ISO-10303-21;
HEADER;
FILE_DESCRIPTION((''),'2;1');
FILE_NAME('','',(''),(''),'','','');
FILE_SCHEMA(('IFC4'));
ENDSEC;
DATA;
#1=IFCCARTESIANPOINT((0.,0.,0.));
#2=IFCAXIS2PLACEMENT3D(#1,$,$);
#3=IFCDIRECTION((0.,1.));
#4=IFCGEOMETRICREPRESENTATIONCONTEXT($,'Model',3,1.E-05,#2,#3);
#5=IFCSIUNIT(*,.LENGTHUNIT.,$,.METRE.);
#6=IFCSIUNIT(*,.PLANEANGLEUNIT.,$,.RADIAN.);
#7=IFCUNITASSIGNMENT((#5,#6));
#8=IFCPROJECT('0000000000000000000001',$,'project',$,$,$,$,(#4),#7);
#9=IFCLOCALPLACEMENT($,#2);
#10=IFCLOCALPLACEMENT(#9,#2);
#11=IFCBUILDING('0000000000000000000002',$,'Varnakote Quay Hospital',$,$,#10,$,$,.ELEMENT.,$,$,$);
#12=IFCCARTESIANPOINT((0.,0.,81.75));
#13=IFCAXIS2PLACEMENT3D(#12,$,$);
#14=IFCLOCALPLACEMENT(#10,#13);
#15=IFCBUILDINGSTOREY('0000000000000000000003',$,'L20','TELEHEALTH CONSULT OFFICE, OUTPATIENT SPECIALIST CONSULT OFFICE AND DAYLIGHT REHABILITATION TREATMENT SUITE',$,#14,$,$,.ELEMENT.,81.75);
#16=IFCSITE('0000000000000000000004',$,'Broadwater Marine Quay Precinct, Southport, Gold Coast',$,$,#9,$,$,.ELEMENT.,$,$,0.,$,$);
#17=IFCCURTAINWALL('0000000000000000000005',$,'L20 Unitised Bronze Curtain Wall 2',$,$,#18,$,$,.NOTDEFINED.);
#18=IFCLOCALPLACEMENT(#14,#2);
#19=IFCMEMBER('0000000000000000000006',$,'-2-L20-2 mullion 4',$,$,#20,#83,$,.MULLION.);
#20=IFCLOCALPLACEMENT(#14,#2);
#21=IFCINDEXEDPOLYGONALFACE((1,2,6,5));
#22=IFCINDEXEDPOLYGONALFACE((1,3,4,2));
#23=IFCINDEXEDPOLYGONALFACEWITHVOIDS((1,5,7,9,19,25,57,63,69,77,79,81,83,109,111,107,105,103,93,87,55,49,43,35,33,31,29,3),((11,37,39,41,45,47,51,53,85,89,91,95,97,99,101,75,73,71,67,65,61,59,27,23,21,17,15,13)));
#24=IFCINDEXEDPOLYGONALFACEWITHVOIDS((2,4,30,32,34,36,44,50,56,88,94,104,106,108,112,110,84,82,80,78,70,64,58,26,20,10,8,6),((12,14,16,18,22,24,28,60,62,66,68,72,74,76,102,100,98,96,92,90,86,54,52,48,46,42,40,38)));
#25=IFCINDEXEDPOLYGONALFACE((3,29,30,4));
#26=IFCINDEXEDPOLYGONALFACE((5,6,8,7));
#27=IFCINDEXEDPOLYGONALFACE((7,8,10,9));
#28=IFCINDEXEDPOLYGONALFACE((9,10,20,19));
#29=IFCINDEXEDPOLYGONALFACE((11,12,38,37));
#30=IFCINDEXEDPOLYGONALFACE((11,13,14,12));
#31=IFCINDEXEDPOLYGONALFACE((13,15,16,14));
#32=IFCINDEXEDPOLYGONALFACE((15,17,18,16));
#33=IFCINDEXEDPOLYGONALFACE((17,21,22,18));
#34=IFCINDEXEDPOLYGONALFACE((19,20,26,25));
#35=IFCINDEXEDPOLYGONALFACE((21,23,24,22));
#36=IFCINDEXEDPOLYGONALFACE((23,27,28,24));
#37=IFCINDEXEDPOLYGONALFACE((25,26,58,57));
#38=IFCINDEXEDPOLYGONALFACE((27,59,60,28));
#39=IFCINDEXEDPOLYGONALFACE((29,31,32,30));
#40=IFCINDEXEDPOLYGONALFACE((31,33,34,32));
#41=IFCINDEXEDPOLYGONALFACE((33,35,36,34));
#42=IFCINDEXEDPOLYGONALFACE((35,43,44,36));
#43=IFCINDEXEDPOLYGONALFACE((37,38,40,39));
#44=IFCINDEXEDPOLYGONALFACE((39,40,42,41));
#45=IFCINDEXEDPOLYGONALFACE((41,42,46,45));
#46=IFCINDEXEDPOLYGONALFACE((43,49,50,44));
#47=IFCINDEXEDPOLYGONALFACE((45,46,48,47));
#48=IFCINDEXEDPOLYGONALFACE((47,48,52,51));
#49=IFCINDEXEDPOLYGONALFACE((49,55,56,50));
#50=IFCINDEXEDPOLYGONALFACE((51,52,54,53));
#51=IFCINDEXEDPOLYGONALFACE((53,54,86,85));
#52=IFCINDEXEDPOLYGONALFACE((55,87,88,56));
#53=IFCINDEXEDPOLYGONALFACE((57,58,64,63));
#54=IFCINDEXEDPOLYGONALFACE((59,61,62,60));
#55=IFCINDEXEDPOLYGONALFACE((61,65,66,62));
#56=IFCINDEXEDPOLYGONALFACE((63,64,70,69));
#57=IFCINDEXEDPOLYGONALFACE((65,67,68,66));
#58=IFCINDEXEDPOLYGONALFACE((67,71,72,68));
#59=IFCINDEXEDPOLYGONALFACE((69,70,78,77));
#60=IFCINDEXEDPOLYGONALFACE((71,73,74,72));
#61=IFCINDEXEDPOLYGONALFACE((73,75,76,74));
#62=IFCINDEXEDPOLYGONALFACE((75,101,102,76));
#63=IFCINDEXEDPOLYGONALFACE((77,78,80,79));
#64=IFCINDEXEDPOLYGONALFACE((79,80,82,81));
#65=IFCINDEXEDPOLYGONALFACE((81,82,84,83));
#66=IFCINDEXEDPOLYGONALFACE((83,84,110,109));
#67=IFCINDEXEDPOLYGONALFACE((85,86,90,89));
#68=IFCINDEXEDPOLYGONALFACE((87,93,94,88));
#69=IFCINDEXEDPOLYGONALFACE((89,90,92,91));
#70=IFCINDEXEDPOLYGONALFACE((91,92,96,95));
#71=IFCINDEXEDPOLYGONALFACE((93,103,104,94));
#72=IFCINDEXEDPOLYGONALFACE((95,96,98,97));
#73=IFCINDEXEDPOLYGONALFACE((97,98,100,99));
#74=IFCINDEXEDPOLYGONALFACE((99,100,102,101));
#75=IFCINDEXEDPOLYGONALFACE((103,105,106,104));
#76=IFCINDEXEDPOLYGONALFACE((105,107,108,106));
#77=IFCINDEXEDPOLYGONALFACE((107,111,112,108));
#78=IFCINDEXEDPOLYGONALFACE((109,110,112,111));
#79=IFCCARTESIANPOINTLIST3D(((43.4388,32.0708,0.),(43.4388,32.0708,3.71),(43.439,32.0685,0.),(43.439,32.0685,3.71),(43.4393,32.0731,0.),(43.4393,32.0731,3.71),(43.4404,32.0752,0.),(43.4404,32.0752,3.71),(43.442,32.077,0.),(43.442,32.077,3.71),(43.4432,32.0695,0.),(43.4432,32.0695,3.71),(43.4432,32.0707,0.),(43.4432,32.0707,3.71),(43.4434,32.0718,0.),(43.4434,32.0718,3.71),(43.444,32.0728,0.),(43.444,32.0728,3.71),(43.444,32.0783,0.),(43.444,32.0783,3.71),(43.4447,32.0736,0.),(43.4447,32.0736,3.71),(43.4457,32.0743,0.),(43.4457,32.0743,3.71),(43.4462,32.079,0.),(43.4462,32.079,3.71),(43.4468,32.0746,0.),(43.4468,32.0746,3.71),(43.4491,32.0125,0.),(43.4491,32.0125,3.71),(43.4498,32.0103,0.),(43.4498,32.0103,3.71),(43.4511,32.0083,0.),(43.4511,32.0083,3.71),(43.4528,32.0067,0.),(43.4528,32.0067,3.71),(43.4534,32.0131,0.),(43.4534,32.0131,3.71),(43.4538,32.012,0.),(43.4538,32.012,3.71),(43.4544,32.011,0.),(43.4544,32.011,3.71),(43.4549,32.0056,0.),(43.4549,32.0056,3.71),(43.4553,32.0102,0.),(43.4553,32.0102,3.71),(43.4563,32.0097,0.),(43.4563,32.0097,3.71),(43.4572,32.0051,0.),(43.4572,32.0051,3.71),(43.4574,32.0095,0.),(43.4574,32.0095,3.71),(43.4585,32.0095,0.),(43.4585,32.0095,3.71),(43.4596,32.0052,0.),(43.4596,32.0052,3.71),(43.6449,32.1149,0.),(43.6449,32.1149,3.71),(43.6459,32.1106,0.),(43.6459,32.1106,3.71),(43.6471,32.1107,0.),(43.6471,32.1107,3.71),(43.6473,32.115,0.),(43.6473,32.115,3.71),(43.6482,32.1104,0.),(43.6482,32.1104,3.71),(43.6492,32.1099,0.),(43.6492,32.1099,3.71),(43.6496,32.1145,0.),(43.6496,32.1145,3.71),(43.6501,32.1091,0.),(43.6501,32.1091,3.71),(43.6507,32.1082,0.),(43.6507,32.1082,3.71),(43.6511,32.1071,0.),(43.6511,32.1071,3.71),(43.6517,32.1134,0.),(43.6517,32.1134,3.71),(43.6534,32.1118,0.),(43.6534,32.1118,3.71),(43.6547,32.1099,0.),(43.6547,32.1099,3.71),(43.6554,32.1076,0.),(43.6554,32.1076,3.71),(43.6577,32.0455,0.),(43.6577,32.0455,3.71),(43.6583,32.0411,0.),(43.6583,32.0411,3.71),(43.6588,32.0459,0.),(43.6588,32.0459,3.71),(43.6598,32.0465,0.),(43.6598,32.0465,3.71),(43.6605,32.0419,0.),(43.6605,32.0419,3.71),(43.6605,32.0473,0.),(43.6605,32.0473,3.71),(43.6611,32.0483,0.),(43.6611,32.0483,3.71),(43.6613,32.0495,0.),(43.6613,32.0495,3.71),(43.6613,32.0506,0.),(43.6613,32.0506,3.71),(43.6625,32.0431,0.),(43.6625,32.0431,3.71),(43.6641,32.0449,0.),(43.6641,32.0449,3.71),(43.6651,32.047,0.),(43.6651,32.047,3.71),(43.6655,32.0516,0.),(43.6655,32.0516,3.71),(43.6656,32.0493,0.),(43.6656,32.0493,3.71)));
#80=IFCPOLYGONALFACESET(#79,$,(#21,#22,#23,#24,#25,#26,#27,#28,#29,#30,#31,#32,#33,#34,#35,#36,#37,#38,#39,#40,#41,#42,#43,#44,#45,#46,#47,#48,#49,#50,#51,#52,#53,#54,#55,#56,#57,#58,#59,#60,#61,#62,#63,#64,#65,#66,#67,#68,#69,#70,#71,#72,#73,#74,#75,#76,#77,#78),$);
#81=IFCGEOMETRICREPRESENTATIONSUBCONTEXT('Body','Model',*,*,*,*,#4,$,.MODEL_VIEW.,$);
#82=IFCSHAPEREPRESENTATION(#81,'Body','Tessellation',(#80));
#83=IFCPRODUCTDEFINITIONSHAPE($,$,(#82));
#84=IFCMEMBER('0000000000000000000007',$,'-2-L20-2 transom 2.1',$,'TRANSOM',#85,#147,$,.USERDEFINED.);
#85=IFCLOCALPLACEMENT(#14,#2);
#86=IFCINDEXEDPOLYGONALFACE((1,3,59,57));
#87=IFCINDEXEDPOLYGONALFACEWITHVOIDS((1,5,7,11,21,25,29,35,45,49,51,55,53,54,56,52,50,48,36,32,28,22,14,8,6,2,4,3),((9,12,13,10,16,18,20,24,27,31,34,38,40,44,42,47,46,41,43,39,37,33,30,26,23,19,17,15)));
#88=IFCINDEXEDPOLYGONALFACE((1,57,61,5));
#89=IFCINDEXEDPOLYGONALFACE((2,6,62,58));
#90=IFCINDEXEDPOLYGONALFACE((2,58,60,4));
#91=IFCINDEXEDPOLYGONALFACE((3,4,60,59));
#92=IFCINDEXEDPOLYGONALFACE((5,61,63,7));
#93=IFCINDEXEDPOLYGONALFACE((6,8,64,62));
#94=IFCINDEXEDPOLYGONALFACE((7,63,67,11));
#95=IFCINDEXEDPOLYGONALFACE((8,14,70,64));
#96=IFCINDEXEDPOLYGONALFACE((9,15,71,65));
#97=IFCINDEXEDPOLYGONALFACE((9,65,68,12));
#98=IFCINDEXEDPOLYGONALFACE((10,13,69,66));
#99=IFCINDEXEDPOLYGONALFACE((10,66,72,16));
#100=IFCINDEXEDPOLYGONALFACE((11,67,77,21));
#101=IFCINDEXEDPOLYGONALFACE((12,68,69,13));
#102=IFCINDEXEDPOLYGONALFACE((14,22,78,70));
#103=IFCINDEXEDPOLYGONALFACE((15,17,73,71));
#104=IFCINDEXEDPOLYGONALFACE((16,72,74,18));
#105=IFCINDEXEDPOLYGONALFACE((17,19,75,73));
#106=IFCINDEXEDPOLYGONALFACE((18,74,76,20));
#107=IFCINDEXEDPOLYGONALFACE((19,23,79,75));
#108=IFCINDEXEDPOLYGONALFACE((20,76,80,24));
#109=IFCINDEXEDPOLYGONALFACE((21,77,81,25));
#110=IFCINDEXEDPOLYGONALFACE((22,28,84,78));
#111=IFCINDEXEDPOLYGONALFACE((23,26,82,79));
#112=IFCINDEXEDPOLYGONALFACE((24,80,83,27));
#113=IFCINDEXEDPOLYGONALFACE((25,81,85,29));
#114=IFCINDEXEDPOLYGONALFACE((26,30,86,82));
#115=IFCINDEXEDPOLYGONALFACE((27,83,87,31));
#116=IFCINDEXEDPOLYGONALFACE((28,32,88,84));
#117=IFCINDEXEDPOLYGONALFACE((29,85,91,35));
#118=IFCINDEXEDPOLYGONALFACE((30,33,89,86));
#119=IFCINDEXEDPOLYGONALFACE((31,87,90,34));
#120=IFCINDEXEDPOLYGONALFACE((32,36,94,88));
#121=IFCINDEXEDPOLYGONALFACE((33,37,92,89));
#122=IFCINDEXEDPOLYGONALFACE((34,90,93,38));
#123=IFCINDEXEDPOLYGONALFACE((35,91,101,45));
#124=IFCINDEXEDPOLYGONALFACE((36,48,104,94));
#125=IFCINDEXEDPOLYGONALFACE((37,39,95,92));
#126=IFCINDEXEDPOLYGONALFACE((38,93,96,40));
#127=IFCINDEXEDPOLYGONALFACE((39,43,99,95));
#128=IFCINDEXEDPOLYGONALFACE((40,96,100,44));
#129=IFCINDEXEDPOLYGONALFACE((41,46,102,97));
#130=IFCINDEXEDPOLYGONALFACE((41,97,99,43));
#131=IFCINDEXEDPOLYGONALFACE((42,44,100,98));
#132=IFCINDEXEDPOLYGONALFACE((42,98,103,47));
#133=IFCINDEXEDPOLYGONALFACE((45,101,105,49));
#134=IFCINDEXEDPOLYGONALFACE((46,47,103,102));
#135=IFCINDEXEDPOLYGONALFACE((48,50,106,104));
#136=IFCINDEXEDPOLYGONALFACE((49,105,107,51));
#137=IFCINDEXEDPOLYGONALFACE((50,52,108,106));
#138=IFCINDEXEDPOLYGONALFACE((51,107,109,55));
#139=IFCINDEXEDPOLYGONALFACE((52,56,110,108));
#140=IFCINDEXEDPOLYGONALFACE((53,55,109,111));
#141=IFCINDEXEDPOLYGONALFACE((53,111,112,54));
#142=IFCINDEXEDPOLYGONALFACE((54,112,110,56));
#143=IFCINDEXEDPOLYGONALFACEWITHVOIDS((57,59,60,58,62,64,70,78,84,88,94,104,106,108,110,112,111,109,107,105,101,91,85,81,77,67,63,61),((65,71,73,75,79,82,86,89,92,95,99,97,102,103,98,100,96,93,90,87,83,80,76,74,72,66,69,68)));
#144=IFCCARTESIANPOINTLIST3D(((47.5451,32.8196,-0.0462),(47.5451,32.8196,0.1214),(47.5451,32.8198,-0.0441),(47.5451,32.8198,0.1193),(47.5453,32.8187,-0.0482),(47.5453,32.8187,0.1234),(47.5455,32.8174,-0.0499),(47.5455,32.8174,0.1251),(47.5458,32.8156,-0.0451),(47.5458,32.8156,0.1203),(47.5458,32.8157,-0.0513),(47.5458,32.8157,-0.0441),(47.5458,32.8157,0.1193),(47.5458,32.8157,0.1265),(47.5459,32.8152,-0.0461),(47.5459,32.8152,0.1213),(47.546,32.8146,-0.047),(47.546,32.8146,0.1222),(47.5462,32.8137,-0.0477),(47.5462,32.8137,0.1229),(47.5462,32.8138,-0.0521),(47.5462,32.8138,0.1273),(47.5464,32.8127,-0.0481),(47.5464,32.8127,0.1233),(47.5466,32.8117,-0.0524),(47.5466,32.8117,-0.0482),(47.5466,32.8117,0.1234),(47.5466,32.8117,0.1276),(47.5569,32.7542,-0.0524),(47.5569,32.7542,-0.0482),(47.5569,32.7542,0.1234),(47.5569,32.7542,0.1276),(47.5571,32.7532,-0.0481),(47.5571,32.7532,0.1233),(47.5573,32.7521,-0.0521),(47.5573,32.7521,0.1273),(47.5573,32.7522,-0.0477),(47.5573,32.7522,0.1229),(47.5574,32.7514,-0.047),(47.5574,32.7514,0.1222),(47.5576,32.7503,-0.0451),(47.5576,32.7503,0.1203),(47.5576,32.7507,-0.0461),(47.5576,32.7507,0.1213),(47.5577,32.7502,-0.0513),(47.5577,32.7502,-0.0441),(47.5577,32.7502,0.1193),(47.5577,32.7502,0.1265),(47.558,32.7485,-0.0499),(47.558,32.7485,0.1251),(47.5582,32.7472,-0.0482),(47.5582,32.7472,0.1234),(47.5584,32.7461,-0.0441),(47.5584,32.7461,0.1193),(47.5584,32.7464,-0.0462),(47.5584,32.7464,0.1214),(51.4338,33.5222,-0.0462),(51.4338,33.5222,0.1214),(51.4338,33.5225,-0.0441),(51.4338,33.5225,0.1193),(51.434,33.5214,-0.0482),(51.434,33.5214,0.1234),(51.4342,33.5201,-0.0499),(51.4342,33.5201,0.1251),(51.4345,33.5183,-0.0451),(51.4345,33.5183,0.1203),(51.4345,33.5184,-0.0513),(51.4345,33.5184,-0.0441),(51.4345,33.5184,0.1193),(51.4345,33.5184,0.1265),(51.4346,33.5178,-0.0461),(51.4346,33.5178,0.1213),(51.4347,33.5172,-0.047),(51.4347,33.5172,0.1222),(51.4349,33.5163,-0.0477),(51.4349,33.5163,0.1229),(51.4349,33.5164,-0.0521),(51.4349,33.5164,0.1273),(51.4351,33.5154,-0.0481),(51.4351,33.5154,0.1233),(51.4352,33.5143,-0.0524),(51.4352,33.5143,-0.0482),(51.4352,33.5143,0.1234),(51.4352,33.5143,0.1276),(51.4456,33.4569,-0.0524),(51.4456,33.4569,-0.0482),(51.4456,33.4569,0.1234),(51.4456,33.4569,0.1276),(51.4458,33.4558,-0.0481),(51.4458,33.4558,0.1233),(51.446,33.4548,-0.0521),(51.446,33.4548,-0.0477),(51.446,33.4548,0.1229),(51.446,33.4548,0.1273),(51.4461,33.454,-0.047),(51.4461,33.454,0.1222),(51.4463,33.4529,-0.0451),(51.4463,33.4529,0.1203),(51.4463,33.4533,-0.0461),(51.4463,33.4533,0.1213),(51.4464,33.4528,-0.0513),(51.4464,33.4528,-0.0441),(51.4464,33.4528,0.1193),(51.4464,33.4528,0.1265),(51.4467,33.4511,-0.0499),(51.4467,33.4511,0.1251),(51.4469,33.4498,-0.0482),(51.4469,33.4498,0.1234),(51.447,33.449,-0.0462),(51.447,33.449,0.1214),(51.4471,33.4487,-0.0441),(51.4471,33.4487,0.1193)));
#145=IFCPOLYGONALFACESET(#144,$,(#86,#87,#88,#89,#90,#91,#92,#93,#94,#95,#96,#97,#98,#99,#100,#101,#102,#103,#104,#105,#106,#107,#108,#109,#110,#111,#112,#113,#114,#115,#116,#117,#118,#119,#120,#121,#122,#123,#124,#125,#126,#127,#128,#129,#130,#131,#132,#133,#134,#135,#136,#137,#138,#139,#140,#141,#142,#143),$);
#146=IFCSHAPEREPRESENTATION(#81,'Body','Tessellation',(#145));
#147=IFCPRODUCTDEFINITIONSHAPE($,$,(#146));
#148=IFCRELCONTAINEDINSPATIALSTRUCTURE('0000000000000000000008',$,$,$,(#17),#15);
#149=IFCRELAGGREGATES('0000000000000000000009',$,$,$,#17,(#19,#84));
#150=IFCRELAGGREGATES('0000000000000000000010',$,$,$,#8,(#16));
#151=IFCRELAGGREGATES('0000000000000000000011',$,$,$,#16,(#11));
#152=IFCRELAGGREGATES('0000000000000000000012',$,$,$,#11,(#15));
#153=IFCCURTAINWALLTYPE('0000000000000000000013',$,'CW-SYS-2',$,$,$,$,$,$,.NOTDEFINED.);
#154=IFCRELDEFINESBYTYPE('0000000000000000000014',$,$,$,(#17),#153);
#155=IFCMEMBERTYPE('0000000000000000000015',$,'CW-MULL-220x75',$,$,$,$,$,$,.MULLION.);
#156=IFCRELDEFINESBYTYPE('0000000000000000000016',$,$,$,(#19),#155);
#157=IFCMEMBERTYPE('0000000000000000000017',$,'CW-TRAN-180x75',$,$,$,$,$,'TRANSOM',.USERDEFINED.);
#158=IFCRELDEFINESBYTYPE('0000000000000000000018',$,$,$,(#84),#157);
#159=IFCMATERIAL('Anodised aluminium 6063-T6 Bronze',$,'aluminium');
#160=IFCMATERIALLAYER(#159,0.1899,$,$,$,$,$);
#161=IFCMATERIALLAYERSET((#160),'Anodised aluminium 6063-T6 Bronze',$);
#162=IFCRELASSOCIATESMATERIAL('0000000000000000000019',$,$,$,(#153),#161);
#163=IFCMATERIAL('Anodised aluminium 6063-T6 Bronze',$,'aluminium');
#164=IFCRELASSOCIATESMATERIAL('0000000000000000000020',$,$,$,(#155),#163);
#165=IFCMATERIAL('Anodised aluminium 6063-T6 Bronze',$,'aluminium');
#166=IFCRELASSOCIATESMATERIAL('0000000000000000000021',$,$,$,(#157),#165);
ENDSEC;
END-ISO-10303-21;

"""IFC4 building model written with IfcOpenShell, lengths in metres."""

from ifc_helpers import new_model, si_unit, direction, frame, origin, origin_2d, place, context, subcontext, project, spatial, hollow_rectangle, extrude, material, layer, layer_set, material_profile, profile_set, type_object, element, aggregate, save


model = new_model("IFC4")

# Units and contexts
model_context = context("Model", 3, precision=1e-05, world=origin(), true_north=direction((0.0, 1.0)))
body_context = subcontext(model_context, "Body", "Model", "MODEL_VIEW")
ifc_project = project(units=[si_unit("LENGTHUNIT", "METRE"), si_unit("PLANEANGLEUNIT", "RADIAN")], contexts=[model_context])

# Site, building, storey
site_placement = place(None, origin())
site = spatial("IfcSite", under=ifc_project, at=site_placement, Name="Broadwater Marine Quay Precinct, Southport, Gold Coast", CompositionType="ELEMENT", RefElevation=0.0)
building_placement = place(site_placement, origin())
building = spatial("IfcBuilding", under=site, at=building_placement, Name="Varnakote Quay Hospital", CompositionType="ELEMENT")
storey_placement = place(building_placement, frame((0.0, 0.0, 81.75)))
storey = spatial("IfcBuildingStorey", under=building, at=storey_placement, Name="L20", Description="TELEHEALTH CONSULT OFFICE, OUTPATIENT SPECIALIST CONSULT OFFICE AND DAYLIGHT REHABILITATION TREATMENT SUITE", CompositionType="ELEMENT", Elevation=81.75)

# Curtain wall, members
ifc_material_1 = material(Name="Anodised aluminium 6063-T6 Bronze", Category="aluminium")
ifc_layer_1 = layer(ifc_material_1, 0.1899)
ifc_layer_set_1 = layer_set([ifc_layer_1], Name="Anodised aluminium 6063-T6 Bronze")
curtain_wall_type = type_object("IfcCurtainWallType", Name="CW-SYS-2", PredefinedType="NOTDEFINED", material=ifc_layer_set_1)
curtain_wall_placement = place(storey_placement, origin())
curtain_wall = element("IfcCurtainWall", 1, at=curtain_wall_placement, inside=storey, type_object=curtain_wall_type, Name="L20 Unitised Bronze Curtain Wall 2", PredefinedType="NOTDEFINED")
ifc_material_2 = material(Name="Anodised aluminium 6063-T6 Bronze", Category="aluminium")
ifc_material_profile_1 = material_profile(ifc_material_2, hollow_rectangle(XDim=0.075, YDim=0.22, WallThickness=0.0044, InnerFilletRadius=0.0044, OuterFilletRadius=0.009, at=origin_2d()), Name="CW-MULL-220x75")
ifc_profile_set_1 = profile_set([ifc_material_profile_1], Name="Anodised aluminium 6063-T6 Bronze")
member_type_1 = type_object("IfcMemberType", Name="CW-MULL-220x75", PredefinedType="MULLION", material=ifc_profile_set_1)
member_1_placement = place(storey_placement, frame((43.5522, 32.0601, 0.0), z_axis=(0.0, 0.0, 1.0), x_axis=(0.177846, -0.984058, 0.0)))
member_1 = element("IfcMember", 2, at=member_1_placement, type_object=member_type_1, Name="-2-L20-2 mullion 4", PredefinedType="MULLION", context=body_context, shape_type="SweptSolid", body=[
    extrude(hollow_rectangle(XDim=0.075, YDim=0.22, WallThickness=0.0044, InnerFilletRadius=0.0044, OuterFilletRadius=0.009, at=origin_2d()), origin(), (0.0, 0.0, 1.0), 3.71),
])
ifc_material_3 = material(Name="Anodised aluminium 6063-T6 Bronze", Category="aluminium")
ifc_material_profile_2 = material_profile(ifc_material_3, hollow_rectangle(XDim=0.075, YDim=0.1799, WallThickness=0.0042, InnerFilletRadius=0.0042, OuterFilletRadius=0.0083, at=origin_2d()), Name="CW-TRAN-180x75")
ifc_profile_set_2 = profile_set([ifc_material_profile_2], Name="Anodised aluminium 6063-T6 Bronze")
member_type_2 = type_object("IfcMemberType", Name="CW-TRAN-180x75", ElementType="TRANSOM", PredefinedType="USERDEFINED", material=ifc_profile_set_2)
member_2_placement = place(storey_placement, frame((51.4404, 33.4856, 0.0376), z_axis=(-0.984065, -0.177809, 0.0), x_axis=(0.177809, -0.984065, 0.0)))
member_2 = element("IfcMember", 3, at=member_2_placement, type_object=member_type_2, Name="-2-L20-2 transom 2.1", ObjectType="TRANSOM", PredefinedType="USERDEFINED", context=body_context, shape_type="SweptSolid", body=[
    extrude(hollow_rectangle(XDim=0.075, YDim=0.1799, WallThickness=0.0042, InnerFilletRadius=0.0042, OuterFilletRadius=0.0083, at=origin_2d()), origin(), (0.0, 0.0, 1.0), 3.9517),
])
aggregate(curtain_wall, [member_1, member_2])

save(model, "model.ifc")
